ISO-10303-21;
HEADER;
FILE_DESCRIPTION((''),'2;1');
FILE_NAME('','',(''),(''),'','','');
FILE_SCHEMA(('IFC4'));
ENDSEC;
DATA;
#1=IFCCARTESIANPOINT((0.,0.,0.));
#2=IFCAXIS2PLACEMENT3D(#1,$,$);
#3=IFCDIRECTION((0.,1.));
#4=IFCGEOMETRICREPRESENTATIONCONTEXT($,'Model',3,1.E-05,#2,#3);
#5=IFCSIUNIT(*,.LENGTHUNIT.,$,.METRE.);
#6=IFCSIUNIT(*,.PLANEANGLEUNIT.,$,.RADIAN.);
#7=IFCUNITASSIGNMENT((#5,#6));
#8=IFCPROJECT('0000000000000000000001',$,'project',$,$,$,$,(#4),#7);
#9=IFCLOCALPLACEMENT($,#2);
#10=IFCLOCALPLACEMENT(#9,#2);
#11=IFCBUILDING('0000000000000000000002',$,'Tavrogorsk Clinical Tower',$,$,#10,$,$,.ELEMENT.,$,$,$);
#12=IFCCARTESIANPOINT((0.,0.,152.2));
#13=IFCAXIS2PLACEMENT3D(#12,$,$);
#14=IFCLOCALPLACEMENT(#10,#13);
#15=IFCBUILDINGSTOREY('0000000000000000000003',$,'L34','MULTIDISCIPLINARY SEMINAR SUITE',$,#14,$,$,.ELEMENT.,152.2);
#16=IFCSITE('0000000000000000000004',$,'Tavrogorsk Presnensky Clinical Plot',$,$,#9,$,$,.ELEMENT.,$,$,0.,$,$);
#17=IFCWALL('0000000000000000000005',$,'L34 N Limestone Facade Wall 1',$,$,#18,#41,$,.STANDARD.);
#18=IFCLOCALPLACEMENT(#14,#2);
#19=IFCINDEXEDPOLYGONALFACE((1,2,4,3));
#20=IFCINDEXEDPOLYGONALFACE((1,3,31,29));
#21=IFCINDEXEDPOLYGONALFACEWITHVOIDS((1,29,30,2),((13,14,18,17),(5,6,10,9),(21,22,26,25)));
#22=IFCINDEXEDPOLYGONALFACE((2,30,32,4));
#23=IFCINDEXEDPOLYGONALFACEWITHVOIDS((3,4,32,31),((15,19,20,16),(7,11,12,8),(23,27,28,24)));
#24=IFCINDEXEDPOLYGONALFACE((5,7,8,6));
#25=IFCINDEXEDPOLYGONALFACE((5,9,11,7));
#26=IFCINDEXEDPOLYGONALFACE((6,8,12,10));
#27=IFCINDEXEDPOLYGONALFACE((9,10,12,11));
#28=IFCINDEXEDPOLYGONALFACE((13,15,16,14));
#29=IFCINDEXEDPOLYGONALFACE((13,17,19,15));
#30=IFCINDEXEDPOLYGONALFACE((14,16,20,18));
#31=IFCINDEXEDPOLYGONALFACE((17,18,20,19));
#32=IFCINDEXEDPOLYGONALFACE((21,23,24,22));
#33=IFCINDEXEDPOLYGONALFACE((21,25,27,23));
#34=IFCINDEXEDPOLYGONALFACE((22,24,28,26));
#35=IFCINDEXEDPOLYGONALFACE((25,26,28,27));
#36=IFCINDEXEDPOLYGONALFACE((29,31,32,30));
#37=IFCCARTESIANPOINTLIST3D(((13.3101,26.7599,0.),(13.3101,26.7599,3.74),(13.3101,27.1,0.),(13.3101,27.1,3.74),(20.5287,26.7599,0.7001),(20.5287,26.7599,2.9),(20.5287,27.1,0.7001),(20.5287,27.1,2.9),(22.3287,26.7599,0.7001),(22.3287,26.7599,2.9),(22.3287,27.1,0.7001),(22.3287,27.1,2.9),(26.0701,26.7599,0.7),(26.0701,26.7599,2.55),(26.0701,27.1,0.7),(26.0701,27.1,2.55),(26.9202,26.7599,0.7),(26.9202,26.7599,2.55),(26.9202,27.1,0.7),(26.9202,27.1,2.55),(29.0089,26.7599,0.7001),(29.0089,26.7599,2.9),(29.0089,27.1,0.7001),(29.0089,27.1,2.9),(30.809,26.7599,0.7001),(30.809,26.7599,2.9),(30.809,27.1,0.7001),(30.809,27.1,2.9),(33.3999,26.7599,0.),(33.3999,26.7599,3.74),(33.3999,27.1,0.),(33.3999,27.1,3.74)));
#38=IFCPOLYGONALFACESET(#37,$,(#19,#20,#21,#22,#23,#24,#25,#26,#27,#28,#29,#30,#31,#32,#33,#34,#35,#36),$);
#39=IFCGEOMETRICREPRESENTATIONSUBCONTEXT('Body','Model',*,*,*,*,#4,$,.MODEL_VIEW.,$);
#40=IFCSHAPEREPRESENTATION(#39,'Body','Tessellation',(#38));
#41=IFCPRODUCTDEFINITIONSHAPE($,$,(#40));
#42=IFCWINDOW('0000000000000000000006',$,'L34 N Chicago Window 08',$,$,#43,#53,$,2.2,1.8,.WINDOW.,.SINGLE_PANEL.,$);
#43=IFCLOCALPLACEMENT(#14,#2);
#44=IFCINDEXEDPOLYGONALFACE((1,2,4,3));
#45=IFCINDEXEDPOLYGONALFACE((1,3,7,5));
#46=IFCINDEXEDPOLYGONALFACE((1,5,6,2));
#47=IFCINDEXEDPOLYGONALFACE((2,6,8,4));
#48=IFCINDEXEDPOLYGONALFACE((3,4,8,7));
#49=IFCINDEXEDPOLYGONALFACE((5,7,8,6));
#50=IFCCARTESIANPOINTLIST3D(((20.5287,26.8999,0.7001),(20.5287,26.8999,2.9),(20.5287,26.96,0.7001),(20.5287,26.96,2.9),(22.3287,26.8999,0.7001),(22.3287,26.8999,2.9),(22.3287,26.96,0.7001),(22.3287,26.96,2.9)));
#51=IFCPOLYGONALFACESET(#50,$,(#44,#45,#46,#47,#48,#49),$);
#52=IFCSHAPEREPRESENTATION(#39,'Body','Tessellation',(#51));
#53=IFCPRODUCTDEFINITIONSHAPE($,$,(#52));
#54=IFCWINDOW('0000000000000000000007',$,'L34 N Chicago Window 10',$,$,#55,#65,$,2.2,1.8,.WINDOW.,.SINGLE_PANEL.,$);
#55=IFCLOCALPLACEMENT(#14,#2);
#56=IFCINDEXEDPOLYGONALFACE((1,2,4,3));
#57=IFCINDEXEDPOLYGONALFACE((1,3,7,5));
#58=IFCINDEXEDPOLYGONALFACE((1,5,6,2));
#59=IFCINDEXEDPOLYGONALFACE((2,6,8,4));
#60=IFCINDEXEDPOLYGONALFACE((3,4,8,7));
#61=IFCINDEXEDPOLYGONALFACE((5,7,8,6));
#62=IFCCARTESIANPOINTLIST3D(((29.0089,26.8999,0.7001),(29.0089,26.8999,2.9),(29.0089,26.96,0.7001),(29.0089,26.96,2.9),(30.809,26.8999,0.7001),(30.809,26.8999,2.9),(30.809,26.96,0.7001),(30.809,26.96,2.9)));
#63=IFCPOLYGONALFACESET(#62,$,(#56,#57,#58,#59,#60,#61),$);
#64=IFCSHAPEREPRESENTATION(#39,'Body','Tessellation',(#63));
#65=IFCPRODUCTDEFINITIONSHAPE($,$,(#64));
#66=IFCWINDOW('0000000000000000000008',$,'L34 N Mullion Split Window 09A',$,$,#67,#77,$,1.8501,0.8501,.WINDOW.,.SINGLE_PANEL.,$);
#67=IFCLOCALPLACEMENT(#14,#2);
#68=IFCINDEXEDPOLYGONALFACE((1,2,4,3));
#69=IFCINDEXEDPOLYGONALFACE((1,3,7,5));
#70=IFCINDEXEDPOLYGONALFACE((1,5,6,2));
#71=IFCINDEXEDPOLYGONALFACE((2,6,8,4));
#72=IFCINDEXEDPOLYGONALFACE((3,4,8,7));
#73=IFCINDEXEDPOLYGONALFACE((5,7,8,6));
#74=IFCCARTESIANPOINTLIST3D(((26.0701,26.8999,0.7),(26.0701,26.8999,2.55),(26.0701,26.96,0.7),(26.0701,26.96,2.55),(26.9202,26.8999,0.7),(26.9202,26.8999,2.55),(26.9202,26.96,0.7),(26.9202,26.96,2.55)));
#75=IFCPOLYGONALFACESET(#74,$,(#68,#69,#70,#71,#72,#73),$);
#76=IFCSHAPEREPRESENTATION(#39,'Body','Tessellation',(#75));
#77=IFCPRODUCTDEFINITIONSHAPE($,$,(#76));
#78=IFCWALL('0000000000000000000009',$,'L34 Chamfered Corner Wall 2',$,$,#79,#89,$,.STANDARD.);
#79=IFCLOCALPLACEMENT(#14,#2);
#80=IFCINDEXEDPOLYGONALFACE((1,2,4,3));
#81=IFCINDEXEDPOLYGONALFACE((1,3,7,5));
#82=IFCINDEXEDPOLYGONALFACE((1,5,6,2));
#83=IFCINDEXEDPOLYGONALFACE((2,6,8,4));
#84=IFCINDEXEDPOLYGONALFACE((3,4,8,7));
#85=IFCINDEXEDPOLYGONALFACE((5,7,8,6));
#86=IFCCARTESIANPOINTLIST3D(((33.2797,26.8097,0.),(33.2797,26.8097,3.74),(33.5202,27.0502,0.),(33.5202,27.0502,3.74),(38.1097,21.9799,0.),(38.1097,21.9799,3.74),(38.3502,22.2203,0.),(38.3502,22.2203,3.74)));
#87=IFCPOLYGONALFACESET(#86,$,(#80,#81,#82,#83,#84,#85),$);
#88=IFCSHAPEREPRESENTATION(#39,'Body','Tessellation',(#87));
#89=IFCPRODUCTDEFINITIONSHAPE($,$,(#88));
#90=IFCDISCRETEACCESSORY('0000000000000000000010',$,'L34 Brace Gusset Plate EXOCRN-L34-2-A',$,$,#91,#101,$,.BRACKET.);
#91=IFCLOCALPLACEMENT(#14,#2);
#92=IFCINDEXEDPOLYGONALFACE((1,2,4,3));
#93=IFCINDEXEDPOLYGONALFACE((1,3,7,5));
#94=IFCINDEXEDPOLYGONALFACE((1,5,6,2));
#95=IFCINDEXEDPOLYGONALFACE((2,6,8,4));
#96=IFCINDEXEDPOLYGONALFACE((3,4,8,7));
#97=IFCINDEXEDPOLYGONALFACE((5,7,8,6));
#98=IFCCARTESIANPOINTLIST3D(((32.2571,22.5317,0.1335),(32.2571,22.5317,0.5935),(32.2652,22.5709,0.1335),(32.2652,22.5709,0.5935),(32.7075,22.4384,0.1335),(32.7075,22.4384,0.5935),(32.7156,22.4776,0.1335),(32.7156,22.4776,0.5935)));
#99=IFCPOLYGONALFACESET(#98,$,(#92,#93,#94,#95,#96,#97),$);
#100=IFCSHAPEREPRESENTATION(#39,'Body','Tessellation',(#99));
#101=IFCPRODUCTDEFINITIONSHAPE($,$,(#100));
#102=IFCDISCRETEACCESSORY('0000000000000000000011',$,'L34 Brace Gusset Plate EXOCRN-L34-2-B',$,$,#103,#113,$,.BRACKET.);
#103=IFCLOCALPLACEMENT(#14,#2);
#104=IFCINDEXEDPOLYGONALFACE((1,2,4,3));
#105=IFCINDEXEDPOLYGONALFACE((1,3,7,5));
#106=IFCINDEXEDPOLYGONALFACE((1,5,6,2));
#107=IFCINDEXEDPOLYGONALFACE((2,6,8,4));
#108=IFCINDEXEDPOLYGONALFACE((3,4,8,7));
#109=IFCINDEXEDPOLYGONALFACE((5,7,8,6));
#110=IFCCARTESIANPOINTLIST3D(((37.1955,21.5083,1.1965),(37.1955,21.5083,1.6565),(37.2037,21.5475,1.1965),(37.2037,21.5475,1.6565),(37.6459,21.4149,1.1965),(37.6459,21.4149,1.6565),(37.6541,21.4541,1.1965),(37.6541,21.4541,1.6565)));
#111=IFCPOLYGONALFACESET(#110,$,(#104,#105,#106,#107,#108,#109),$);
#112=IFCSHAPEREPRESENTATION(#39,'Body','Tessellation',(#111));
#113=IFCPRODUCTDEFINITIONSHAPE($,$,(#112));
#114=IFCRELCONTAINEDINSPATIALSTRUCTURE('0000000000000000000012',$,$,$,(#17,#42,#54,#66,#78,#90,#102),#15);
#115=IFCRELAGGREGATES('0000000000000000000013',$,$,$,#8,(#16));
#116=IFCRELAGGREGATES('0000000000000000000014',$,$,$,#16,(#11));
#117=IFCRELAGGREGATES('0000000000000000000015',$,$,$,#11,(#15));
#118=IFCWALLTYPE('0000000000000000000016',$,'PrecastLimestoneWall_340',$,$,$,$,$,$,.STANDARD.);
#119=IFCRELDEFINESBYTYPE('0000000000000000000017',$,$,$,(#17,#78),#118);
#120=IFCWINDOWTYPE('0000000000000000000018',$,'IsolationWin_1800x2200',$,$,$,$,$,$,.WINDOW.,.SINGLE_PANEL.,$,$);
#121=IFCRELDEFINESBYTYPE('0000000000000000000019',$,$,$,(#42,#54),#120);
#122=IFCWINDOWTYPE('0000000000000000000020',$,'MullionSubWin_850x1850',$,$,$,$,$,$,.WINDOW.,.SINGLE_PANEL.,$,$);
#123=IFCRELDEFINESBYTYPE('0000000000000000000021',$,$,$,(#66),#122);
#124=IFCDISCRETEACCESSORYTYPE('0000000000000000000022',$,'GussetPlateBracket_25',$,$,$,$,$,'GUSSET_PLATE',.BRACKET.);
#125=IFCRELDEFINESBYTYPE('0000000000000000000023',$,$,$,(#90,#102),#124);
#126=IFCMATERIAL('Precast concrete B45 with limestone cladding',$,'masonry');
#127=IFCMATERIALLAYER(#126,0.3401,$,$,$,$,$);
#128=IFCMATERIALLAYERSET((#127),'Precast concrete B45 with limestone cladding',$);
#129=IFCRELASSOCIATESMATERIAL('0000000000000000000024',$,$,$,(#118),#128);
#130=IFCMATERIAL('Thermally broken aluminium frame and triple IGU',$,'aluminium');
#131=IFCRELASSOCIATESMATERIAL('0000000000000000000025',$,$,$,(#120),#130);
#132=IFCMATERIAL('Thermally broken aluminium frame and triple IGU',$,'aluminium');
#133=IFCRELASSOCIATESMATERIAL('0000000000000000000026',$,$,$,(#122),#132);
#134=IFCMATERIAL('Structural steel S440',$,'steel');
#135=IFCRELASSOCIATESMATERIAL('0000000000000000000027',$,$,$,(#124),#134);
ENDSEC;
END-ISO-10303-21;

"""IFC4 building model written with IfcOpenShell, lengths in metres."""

from ifc_helpers import new_model, si_unit, direction, frame, frame_2d, origin, origin_2d, place, context, subcontext, project, spatial, rectangle, extrude, material, layer, layer_set, type_object, element, fill, save


model = new_model("IFC4")

# Units and contexts
model_context = context("Model", 3, precision=1e-05, world=origin(), true_north=direction((0.0, 1.0)))
body_context = subcontext(model_context, "Body", "Model", "MODEL_VIEW")
ifc_project = project(units=[si_unit("LENGTHUNIT", "METRE"), si_unit("PLANEANGLEUNIT", "RADIAN")], contexts=[model_context])

# Site, building, storey
site_placement = place(None, origin())
site = spatial("IfcSite", under=ifc_project, at=site_placement, Name="Tavrogorsk Presnensky Clinical Plot", CompositionType="ELEMENT", RefElevation=0.0)
building_placement = place(site_placement, origin())
building = spatial("IfcBuilding", under=site, at=building_placement, Name="Tavrogorsk Clinical Tower", CompositionType="ELEMENT")
storey_placement = place(building_placement, frame((0.0, 0.0, 152.2)))
storey = spatial("IfcBuildingStorey", under=building, at=storey_placement, Name="L34", Description="MULTIDISCIPLINARY SEMINAR SUITE", CompositionType="ELEMENT", Elevation=152.2)

# Wall, openings, windows
ifc_material_1 = material(Name="Precast concrete B45 with limestone cladding", Category="masonry")
ifc_layer_1 = layer(ifc_material_1, 0.3401)
ifc_layer_set_1 = layer_set([ifc_layer_1], Name="Precast concrete B45 with limestone cladding")
wall_type_1 = type_object("IfcWallType", Name="PrecastLimestoneWall_340", PredefinedType="STANDARD", material=ifc_layer_set_1)
wall_1_placement = place(storey_placement, frame((33.3999, 26.9299, 0.0), z_axis=(0.0, 0.0, 1.0), x_axis=(-1.0, 0.0, 0.0)))
wall_1 = element("IfcWall", 1, at=wall_1_placement, inside=storey, type_object=wall_type_1, Name="L34 N Limestone Facade Wall 1", PredefinedType="STANDARD", context=body_context, shape_type="SweptSolid", body=[
    extrude(rectangle(XDim=20.0898, YDim=0.3401, at=frame_2d((10.0449, 0.0))), origin(), (0.0, 0.0, 1.0), 3.74),
])
opening_1_placement = place(wall_1_placement, frame((11.0713, 0.0, 0.7)))
opening_1 = element("IfcOpeningElement", 2, at=opening_1_placement, cuts=wall_1, PredefinedType="OPENING", context=body_context, shape_type="SweptSolid", body=[
    extrude(rectangle(XDim=1.8, YDim=2.2, at=frame_2d((0.8999, 1.1001))), frame((0.0, 0.1799, 0.0), z_axis=(0.0, -1.0, 0.0), x_axis=(1.0, 0.0, 0.0)), (0.0, 0.0, 1.0), 0.3601),
])
opening_2_placement = place(wall_1_placement, frame((6.4797, 0.0, 0.7)))
opening_2 = element("IfcOpeningElement", 3, at=opening_2_placement, cuts=wall_1, PredefinedType="OPENING", context=body_context, shape_type="SweptSolid", body=[
    extrude(rectangle(XDim=0.8501, YDim=1.8501, at=frame_2d((0.425, 0.925))), frame((0.0, 0.1799, 0.0), z_axis=(0.0, -1.0, 0.0), x_axis=(1.0, 0.0, 0.0)), (0.0, 0.0, 1.0), 0.3601),
])
opening_3_placement = place(wall_1_placement, frame((2.5911, 0.0, 0.7)))
opening_3 = element("IfcOpeningElement", 4, at=opening_3_placement, cuts=wall_1, PredefinedType="OPENING", context=body_context, shape_type="SweptSolid", body=[
    extrude(rectangle(XDim=1.8, YDim=2.2, at=frame_2d((0.8999, 1.1001))), frame((0.0, 0.1799, 0.0), z_axis=(0.0, -1.0, 0.0), x_axis=(1.0, 0.0, 0.0)), (0.0, 0.0, 1.0), 0.3601),
])
ifc_material_2 = material(Name="Thermally broken aluminium frame and triple IGU", Category="aluminium")
window_type_1 = type_object("IfcWindowType", Name="IsolationWin_1800x2200", PartitioningType="SINGLE_PANEL", PredefinedType="WINDOW", material=ifc_material_2)
window_1_placement = place(opening_1_placement, origin())
window_1 = element("IfcWindow", 5, at=window_1_placement, inside=storey, type_object=window_type_1, Name="L34 N Chicago Window 08", OverallHeight=2.2, OverallWidth=1.8, PartitioningType="SINGLE_PANEL", PredefinedType="WINDOW", context=body_context, shape_type="SweptSolid", body=[
    extrude(rectangle(XDim=1.8, YDim=2.2, at=frame_2d((0.8999, 1.1001))), frame((0.0, 0.03, 0.0), z_axis=(0.0, -1.0, 0.0), x_axis=(1.0, 0.0, 0.0)), (0.0, 0.0, 1.0), 0.0601),
])
fill(opening_1, window_1)
window_2_placement = place(opening_3_placement, origin())
window_2 = element("IfcWindow", 6, at=window_2_placement, inside=storey, type_object=window_type_1, Name="L34 N Chicago Window 10", OverallHeight=2.2, OverallWidth=1.8, PartitioningType="SINGLE_PANEL", PredefinedType="WINDOW", context=body_context, shape_type="SweptSolid", body=[
    extrude(rectangle(XDim=1.8, YDim=2.2, at=frame_2d((0.8999, 1.1001))), frame((0.0, 0.03, 0.0), z_axis=(0.0, -1.0, 0.0), x_axis=(1.0, 0.0, 0.0)), (0.0, 0.0, 1.0), 0.0601),
])
fill(opening_3, window_2)
ifc_material_3 = material(Name="Thermally broken aluminium frame and triple IGU", Category="aluminium")
window_type_2 = type_object("IfcWindowType", Name="MullionSubWin_850x1850", PartitioningType="SINGLE_PANEL", PredefinedType="WINDOW", material=ifc_material_3)
window_3_placement = place(opening_2_placement, origin())
window_3 = element("IfcWindow", 7, at=window_3_placement, inside=storey, type_object=window_type_2, Name="L34 N Mullion Split Window 09A", OverallHeight=1.8501, OverallWidth=0.8501, PartitioningType="SINGLE_PANEL", PredefinedType="WINDOW", context=body_context, shape_type="SweptSolid", body=[
    extrude(rectangle(XDim=0.8501, YDim=1.8501, at=frame_2d((0.425, 0.925))), frame((0.0, 0.03, 0.0), z_axis=(0.0, -1.0, 0.0), x_axis=(1.0, 0.0, 0.0)), (0.0, 0.0, 1.0), 0.0601),
])
fill(opening_2, window_3)

# Wall
wall_2_placement = place(storey_placement, frame((38.23, 22.1001, 0.0), z_axis=(0.0, 0.0, 1.0), x_axis=(-0.707125, 0.707089, 0.0)))
element("IfcWall", 8, at=wall_2_placement, inside=storey, type_object=wall_type_1, Name="L34 Chamfered Corner Wall 2", PredefinedType="STANDARD", context=body_context, shape_type="SweptSolid", body=[
    extrude(rectangle(XDim=6.8306, YDim=0.3401, at=frame_2d((3.4153, 0.0))), origin(), (0.0, 0.0, 1.0), 3.74),
])

# Discrete accessories
ifc_material_4 = material(Name="Structural steel S440", Category="steel")
discrete_accessory_type = type_object("IfcDiscreteAccessoryType", Name="GussetPlateBracket_25", ElementType="GUSSET_PLATE", PredefinedType="BRACKET", material=ifc_material_4)
for number, where, z_axis, x_axis, name in (
    (9, (32.4863, 22.5046, 0.1335), (0.0, 0.0, 1.0), (0.979187, -0.202958, 0.0), "L34 Brace Gusset Plate EXOCRN-L34-2-A"),
    (10, (37.4248, 21.4812, 1.1965), (0.0, 0.0, 1.0), (0.979187, -0.202958, 0.0), "L34 Brace Gusset Plate EXOCRN-L34-2-B"),
):
    element("IfcDiscreteAccessory", number, at=place(storey_placement, frame(where, z_axis=z_axis, x_axis=x_axis)), inside=storey, type_object=discrete_accessory_type, Name=name, PredefinedType="BRACKET", context=body_context, shape_type="SweptSolid", body=[
        extrude(rectangle(XDim=0.46, YDim=0.04, at=origin_2d()), origin(), (0.0, 0.0, 1.0), 0.46),
    ])

save(model, "model.ifc")
